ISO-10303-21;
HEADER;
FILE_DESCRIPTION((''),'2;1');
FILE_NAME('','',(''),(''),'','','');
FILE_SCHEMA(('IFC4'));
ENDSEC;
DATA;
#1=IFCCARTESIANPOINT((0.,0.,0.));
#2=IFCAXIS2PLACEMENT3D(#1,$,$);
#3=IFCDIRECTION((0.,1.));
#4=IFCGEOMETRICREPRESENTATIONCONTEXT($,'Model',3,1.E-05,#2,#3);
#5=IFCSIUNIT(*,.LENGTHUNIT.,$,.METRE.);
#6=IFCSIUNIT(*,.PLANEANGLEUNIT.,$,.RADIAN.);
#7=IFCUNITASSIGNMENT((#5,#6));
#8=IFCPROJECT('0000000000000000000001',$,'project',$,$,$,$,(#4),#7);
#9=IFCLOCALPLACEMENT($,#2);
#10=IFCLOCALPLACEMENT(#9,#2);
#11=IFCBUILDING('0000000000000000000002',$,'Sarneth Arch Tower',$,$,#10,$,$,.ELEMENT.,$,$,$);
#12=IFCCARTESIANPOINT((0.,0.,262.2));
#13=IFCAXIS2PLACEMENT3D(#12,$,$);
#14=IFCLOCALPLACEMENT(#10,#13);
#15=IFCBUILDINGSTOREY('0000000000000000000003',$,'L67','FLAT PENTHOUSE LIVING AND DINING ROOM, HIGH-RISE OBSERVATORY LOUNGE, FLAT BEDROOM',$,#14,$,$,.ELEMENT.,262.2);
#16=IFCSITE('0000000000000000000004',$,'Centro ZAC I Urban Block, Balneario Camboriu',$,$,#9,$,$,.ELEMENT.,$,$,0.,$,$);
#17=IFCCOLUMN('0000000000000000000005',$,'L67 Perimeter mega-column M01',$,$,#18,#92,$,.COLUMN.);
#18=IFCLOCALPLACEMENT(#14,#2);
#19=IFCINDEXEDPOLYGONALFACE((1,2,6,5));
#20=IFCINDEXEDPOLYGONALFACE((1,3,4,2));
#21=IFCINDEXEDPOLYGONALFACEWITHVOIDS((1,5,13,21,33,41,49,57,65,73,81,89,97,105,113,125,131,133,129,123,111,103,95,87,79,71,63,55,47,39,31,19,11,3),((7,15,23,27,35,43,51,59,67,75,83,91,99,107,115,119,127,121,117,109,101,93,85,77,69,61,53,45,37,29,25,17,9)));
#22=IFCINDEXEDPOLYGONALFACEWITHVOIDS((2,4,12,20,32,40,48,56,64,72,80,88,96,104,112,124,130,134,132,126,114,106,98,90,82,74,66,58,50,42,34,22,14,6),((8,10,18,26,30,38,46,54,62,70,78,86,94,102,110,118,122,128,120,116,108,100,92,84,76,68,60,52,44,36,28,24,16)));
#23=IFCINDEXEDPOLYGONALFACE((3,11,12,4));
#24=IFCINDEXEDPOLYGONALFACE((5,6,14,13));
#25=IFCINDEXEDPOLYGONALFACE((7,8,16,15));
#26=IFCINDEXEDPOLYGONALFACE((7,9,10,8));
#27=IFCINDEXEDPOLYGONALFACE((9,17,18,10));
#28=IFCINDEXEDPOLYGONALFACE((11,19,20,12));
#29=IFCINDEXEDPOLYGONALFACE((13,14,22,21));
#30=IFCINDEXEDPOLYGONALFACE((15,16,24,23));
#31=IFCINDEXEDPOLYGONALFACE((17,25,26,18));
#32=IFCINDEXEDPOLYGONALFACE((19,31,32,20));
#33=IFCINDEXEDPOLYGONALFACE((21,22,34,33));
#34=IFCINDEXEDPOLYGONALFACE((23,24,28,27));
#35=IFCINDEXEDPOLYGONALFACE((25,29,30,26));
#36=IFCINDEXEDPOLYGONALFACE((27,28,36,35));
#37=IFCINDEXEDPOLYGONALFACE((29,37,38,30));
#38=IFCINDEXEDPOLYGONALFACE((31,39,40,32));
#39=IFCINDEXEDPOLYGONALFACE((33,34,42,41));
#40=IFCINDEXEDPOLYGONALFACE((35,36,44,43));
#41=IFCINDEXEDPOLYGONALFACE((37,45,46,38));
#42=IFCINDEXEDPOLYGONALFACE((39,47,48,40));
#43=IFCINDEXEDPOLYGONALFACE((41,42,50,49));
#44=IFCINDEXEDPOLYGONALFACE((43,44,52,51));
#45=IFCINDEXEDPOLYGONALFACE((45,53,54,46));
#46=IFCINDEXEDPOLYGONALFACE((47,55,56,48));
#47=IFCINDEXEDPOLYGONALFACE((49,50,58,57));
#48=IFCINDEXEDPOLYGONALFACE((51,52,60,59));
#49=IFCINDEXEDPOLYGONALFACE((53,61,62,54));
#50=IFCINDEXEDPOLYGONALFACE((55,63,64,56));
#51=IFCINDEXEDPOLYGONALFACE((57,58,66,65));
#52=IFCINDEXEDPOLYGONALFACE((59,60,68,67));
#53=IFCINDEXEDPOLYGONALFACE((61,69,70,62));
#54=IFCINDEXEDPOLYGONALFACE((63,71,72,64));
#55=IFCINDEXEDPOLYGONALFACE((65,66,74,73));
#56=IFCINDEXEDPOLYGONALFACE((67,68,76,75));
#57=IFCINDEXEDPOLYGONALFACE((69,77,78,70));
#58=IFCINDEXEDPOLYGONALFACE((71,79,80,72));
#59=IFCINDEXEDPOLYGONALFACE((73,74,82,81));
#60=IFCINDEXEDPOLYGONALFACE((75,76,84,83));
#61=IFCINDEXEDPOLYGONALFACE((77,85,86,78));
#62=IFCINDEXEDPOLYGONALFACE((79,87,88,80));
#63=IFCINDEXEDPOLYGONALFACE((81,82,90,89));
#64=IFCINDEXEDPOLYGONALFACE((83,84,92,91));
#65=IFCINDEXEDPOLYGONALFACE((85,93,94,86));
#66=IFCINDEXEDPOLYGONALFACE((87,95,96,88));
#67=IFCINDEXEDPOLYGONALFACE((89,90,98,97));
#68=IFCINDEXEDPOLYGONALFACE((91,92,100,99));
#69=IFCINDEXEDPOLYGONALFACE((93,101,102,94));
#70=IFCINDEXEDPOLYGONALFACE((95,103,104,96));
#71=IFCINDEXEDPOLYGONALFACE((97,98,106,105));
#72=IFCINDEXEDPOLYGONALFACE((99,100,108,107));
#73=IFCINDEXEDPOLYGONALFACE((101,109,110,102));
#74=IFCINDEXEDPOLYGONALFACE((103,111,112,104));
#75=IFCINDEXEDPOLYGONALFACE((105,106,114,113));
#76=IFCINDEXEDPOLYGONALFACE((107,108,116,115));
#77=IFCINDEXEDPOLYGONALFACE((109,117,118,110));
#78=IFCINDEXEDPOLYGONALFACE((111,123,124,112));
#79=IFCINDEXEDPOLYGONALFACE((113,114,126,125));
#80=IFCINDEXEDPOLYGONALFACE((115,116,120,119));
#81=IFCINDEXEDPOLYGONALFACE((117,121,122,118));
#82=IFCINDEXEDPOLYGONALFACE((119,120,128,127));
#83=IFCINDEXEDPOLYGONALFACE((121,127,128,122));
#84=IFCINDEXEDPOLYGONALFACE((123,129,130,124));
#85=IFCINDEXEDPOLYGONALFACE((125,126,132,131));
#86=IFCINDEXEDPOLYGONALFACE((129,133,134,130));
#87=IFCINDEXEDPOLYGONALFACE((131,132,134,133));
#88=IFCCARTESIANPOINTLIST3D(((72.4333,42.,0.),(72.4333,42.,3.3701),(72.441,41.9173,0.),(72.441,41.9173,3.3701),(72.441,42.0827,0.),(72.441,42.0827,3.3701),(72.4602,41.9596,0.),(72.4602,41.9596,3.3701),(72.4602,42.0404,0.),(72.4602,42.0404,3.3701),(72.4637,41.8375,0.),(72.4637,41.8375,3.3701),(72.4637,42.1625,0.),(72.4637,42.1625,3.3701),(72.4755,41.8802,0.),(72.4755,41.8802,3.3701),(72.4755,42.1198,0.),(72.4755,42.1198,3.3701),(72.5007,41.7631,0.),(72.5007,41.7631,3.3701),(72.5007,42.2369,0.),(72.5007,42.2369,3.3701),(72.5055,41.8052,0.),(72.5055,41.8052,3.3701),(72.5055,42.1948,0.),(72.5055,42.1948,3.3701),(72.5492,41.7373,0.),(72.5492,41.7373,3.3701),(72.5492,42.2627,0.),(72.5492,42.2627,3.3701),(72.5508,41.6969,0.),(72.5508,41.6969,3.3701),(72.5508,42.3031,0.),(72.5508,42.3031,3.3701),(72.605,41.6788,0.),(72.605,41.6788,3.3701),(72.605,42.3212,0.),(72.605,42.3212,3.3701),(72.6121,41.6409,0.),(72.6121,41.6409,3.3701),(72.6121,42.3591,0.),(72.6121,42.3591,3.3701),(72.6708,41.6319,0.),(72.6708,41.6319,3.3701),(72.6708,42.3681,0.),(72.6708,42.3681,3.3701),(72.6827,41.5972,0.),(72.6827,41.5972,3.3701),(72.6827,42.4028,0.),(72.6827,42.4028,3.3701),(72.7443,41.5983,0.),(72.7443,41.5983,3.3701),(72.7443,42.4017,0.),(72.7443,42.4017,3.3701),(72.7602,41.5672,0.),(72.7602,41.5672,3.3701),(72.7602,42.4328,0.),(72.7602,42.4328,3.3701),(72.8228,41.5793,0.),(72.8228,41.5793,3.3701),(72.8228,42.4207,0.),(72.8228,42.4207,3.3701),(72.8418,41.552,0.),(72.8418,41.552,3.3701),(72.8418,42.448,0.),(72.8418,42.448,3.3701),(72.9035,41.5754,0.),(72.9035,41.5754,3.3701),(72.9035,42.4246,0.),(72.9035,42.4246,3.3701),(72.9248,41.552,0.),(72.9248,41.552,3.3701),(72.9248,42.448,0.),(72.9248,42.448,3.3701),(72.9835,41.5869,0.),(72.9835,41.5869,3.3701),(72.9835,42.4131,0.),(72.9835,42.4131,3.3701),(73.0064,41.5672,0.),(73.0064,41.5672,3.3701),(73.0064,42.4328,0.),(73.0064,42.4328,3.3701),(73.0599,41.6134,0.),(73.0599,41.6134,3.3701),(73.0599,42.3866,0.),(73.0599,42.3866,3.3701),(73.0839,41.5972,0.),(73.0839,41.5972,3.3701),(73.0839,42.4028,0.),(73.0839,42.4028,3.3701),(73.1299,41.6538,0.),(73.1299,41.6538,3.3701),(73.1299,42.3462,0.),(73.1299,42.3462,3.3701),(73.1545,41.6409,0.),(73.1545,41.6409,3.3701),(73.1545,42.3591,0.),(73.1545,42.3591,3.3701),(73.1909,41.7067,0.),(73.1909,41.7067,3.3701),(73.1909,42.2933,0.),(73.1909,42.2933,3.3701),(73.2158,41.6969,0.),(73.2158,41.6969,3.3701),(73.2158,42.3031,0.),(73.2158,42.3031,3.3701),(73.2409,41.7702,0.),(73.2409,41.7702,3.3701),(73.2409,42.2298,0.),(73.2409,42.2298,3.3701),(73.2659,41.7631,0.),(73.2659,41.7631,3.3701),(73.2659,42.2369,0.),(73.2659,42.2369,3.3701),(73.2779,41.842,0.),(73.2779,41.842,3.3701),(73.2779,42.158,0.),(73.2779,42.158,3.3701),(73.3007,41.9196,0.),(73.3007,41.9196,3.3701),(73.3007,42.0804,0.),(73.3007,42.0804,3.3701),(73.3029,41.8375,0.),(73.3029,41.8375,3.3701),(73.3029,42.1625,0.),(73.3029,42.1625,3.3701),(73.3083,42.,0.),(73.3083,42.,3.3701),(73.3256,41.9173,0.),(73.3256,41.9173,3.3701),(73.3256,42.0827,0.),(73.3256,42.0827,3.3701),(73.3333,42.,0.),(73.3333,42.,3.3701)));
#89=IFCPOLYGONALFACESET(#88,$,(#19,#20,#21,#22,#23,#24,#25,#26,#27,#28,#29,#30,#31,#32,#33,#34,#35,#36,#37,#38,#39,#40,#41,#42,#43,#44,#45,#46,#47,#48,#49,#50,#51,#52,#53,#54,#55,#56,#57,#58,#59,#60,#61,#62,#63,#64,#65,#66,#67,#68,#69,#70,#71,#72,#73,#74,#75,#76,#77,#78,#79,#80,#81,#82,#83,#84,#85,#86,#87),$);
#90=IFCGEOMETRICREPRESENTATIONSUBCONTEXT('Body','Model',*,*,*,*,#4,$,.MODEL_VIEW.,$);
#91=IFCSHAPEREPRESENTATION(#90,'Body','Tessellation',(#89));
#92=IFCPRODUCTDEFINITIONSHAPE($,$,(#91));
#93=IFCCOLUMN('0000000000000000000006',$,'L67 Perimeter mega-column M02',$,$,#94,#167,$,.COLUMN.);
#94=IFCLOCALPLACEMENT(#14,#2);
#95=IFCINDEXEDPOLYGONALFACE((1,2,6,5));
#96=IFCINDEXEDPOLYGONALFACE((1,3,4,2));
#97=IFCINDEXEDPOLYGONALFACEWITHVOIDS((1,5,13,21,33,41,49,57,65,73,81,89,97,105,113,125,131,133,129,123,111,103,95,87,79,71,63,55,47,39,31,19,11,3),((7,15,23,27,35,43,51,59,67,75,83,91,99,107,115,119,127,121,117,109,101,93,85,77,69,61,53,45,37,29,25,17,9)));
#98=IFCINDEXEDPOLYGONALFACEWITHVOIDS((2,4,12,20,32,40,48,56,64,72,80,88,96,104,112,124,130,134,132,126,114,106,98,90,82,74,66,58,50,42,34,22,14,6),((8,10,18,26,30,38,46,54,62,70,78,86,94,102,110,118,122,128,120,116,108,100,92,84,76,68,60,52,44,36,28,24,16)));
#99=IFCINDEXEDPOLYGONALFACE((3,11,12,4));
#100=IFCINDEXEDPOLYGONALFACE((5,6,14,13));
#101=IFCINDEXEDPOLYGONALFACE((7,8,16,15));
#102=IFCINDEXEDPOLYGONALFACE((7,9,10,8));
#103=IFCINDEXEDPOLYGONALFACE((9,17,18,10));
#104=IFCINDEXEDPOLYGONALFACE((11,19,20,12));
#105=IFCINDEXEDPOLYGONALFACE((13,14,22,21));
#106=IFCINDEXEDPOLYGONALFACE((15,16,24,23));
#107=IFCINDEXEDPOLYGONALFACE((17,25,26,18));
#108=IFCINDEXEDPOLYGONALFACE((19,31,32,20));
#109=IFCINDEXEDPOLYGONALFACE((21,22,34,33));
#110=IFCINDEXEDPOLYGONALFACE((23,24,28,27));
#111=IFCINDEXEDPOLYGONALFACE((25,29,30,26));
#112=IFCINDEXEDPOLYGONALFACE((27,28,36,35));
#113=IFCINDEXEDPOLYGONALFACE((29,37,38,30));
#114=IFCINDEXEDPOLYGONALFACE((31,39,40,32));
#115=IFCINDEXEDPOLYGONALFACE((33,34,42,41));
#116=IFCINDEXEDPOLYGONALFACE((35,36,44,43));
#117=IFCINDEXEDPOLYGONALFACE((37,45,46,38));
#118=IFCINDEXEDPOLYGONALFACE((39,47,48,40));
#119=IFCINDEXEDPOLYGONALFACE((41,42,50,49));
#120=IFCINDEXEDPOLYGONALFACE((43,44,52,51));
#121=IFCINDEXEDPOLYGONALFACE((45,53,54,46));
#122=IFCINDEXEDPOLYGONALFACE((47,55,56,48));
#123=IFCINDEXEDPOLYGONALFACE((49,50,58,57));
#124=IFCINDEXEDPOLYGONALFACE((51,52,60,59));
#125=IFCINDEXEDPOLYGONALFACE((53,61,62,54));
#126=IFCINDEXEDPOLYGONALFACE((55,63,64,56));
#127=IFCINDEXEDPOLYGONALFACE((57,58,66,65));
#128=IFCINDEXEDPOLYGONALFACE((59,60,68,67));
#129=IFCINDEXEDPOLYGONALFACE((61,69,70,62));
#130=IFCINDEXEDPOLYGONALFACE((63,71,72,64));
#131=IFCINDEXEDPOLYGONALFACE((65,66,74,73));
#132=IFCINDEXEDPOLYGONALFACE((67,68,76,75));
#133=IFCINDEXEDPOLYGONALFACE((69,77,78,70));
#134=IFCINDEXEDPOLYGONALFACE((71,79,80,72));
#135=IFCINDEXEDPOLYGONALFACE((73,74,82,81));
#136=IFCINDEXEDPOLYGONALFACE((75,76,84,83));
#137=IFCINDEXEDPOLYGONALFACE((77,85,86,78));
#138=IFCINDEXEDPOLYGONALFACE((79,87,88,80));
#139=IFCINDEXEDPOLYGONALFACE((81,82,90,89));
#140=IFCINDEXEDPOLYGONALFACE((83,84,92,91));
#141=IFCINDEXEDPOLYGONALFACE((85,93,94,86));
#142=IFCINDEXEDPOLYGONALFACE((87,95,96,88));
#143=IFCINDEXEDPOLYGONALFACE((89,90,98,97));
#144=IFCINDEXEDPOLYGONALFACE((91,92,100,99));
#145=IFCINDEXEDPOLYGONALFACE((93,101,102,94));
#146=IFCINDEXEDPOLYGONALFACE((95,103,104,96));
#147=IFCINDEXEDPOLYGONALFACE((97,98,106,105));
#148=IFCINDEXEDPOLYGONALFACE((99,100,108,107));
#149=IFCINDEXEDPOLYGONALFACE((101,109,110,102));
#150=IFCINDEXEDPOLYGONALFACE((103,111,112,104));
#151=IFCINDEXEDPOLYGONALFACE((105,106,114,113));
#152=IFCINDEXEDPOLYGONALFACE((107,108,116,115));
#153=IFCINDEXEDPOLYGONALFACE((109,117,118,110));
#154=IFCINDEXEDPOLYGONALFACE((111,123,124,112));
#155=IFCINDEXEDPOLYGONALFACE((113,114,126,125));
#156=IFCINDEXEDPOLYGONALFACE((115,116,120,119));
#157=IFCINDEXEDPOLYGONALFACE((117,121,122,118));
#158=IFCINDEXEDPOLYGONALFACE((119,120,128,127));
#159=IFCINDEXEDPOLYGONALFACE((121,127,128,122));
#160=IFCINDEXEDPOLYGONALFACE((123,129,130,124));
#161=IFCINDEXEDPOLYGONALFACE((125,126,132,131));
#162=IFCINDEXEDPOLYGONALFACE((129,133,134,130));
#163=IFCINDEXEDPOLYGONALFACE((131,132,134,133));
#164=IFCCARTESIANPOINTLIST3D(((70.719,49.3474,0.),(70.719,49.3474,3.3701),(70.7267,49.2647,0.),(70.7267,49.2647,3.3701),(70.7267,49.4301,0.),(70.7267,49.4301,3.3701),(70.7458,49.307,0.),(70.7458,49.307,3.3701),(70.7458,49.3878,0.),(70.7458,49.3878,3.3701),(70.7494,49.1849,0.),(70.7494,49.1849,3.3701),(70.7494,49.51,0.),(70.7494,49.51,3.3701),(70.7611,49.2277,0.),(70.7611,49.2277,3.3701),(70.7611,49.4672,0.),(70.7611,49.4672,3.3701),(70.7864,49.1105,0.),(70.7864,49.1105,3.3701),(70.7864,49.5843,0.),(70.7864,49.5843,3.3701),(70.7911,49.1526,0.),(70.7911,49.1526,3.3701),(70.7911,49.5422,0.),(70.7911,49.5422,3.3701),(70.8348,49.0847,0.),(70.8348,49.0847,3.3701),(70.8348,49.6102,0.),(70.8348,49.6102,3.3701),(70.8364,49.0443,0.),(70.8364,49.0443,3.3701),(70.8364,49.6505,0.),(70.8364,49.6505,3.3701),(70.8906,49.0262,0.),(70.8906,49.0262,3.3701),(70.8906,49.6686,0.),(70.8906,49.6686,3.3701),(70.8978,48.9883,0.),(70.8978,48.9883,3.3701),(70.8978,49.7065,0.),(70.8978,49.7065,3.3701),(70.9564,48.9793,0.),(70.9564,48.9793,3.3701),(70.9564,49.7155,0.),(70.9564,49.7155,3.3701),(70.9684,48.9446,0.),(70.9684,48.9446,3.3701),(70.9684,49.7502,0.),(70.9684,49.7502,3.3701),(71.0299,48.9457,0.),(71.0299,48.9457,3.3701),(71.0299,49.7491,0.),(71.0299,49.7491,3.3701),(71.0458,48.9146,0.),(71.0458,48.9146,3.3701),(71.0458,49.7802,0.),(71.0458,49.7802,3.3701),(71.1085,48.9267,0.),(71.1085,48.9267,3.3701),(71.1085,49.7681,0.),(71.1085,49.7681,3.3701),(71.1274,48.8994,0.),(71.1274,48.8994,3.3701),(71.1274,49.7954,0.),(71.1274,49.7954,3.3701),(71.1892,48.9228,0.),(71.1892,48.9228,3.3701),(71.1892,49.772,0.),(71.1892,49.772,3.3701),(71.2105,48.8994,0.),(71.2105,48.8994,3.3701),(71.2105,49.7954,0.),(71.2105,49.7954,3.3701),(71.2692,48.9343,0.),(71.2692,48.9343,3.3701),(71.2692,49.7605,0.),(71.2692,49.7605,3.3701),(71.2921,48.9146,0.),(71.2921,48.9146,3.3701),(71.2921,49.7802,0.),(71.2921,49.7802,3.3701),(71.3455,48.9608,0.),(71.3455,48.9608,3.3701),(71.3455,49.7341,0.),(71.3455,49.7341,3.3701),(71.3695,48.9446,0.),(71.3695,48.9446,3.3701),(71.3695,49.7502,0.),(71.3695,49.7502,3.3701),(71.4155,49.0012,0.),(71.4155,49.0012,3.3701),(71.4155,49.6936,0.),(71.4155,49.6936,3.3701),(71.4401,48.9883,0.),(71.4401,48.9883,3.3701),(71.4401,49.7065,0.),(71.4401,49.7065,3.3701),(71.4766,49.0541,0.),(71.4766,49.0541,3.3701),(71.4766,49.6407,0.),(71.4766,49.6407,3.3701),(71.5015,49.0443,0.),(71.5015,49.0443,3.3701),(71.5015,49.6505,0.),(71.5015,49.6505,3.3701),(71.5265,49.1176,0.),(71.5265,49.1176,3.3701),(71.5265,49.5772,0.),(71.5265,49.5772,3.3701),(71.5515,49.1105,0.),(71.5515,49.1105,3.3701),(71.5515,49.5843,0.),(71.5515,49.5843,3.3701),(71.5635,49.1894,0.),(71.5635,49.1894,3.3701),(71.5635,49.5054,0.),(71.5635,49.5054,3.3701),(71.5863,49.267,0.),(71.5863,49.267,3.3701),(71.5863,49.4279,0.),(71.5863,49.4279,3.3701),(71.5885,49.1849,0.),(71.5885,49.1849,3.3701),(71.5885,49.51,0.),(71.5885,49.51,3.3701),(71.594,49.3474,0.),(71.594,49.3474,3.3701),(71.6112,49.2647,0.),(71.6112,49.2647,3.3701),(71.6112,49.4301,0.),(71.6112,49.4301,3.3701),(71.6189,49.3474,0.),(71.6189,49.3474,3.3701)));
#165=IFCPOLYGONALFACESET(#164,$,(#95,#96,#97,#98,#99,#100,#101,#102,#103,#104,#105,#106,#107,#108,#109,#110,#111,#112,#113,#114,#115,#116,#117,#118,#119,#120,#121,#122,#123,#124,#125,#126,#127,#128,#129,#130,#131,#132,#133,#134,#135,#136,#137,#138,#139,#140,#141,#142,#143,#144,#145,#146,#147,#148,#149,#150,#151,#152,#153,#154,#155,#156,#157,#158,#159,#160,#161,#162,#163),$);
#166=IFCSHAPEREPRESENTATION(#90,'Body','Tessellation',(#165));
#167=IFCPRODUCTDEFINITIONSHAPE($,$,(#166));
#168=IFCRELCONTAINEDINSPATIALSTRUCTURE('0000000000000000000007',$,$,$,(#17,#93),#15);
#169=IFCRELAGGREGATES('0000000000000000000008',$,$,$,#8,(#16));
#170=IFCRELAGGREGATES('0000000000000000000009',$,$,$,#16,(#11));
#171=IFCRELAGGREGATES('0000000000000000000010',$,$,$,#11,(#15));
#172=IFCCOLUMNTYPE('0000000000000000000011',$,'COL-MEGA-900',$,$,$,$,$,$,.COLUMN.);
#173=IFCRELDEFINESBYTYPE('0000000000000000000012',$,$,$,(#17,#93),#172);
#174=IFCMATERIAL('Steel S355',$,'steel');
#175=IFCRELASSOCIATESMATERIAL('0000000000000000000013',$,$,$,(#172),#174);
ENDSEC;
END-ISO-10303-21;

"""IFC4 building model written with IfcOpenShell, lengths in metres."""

from ifc_helpers import new_model, si_unit, direction, frame, origin, origin_2d, place, context, subcontext, project, spatial, hollow_circle, extrude, material, material_profile, profile_set, type_object, element, save


model = new_model("IFC4")

# Units and contexts
model_context = context("Model", 3, precision=1e-05, world=origin(), true_north=direction((0.0, 1.0)))
body_context = subcontext(model_context, "Body", "Model", "MODEL_VIEW")
ifc_project = project(units=[si_unit("LENGTHUNIT", "METRE"), si_unit("PLANEANGLEUNIT", "RADIAN")], contexts=[model_context])

# Site, building, storey
site_placement = place(None, origin())
site = spatial("IfcSite", under=ifc_project, at=site_placement, Name="Centro ZAC I Urban Block, Balneario Camboriu", CompositionType="ELEMENT", RefElevation=0.0)
building_placement = place(site_placement, origin())
building = spatial("IfcBuilding", under=site, at=building_placement, Name="Sarneth Arch Tower", CompositionType="ELEMENT")
storey_placement = place(building_placement, frame((0.0, 0.0, 262.2)))
storey = spatial("IfcBuildingStorey", under=building, at=storey_placement, Name="L67", Description="FLAT PENTHOUSE LIVING AND DINING ROOM, HIGH-RISE OBSERVATORY LOUNGE, FLAT BEDROOM", CompositionType="ELEMENT", Elevation=262.2)

# Columns
ifc_material_1 = material(Name="Steel S355", Category="steel")
ifc_material_profile_1 = material_profile(ifc_material_1, hollow_circle(Radius=0.45, WallThickness=0.0249, at=origin_2d()), Name="CHS900x25")
ifc_profile_set_1 = profile_set([ifc_material_profile_1], Name="Steel S355")
column_type = type_object("IfcColumnType", Name="COL-MEGA-900", PredefinedType="COLUMN", material=ifc_profile_set_1)
for number, where, z_axis, x_axis, name in (
    (1, (72.8833, 42.0, 0.0), (0.0, 0.0, 1.0), (1.0, 0.0, 0.0), "L67 Perimeter mega-column M01"),
    (2, (71.1689, 49.3474, 0.0), (0.0, 0.0, 1.0), (1.0, 0.0, 0.0), "L67 Perimeter mega-column M02"),
):
    element("IfcColumn", number, at=place(storey_placement, frame(where, z_axis=z_axis, x_axis=x_axis)), inside=storey, type_object=column_type, Name=name, PredefinedType="COLUMN", context=body_context, shape_type="SweptSolid", body=[
        extrude(hollow_circle(Radius=0.45, WallThickness=0.0249, at=origin_2d()), origin(), (0.0, 0.0, 1.0), 3.3701),
    ])

save(model, "model.ifc")
